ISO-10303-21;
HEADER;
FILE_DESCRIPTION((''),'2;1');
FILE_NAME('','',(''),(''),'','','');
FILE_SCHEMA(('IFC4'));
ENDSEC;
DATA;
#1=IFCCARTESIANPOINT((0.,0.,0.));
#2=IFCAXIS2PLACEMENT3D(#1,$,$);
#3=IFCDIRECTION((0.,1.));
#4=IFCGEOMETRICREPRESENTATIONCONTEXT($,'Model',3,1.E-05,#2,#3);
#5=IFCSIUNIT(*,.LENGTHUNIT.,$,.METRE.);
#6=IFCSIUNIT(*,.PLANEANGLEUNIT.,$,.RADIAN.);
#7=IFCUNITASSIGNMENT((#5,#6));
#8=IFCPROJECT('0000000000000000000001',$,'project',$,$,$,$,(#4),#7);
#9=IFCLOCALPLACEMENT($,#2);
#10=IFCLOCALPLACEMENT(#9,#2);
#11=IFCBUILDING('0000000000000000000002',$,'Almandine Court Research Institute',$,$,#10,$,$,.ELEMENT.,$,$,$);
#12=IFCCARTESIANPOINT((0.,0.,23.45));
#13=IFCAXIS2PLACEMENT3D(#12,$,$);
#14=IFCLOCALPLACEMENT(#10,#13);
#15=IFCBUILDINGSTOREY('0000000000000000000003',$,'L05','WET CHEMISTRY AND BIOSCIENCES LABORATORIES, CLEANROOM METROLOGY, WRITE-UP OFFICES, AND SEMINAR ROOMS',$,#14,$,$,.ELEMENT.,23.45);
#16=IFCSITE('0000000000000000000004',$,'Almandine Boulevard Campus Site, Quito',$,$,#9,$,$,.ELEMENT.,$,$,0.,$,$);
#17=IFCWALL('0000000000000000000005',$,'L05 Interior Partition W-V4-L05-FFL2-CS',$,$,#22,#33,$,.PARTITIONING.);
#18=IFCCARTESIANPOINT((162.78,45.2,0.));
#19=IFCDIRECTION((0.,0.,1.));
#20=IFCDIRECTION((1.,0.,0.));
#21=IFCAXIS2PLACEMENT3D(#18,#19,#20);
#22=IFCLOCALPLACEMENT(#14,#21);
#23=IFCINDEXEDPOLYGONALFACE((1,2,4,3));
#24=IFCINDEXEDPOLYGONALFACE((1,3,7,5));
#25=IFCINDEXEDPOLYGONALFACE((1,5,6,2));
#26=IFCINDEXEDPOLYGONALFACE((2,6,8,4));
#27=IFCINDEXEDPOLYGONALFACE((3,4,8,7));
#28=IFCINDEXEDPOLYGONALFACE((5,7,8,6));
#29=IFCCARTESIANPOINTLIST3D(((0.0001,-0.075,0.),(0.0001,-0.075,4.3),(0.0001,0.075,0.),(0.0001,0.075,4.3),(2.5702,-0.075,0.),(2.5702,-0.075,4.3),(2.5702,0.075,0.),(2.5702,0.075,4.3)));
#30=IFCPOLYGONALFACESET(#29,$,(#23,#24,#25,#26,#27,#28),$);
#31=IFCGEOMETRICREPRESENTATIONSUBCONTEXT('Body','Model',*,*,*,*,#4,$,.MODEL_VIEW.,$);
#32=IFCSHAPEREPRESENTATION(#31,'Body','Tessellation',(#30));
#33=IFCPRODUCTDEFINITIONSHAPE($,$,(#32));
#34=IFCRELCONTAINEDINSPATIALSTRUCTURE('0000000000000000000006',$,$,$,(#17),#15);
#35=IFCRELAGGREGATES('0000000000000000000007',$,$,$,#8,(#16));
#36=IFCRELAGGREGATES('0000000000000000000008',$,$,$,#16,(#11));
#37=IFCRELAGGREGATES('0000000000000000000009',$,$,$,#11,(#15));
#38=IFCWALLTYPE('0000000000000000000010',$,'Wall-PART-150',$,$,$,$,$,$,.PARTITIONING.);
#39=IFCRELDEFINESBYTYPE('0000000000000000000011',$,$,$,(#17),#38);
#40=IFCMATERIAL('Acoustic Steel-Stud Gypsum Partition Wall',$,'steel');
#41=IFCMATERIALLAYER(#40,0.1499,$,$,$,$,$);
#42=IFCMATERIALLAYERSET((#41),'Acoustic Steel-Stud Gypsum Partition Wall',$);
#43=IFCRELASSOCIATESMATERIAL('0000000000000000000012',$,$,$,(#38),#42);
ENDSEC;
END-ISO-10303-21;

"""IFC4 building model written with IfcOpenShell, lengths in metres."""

from ifc_helpers import new_model, si_unit, direction, frame, frame_2d, origin, place, context, subcontext, project, spatial, rectangle, extrude, material, layer, layer_set, type_object, element, save


model = new_model("IFC4")

# Units and contexts
model_context = context("Model", 3, precision=1e-05, world=origin(), true_north=direction((0.0, 1.0)))
body_context = subcontext(model_context, "Body", "Model", "MODEL_VIEW")
ifc_project = project(units=[si_unit("LENGTHUNIT", "METRE"), si_unit("PLANEANGLEUNIT", "RADIAN")], contexts=[model_context])

# Site, building, storey
site_placement = place(None, origin())
site = spatial("IfcSite", under=ifc_project, at=site_placement, Name="Almandine Boulevard Campus Site, Quito", CompositionType="ELEMENT", RefElevation=0.0)
building_placement = place(site_placement, origin())
building = spatial("IfcBuilding", under=site, at=building_placement, Name="Almandine Court Research Institute", CompositionType="ELEMENT")
storey_placement = place(building_placement, frame((0.0, 0.0, 23.45)))
storey = spatial("IfcBuildingStorey", under=building, at=storey_placement, Name="L05", Description="WET CHEMISTRY AND BIOSCIENCES LABORATORIES, CLEANROOM METROLOGY, WRITE-UP OFFICES, AND SEMINAR ROOMS", CompositionType="ELEMENT", Elevation=23.45)

# Shared definitions
ifc_material_1 = material(Name="Acoustic Steel-Stud Gypsum Partition Wall", Category="steel")
ifc_layer_1 = layer(ifc_material_1, 0.1499)
ifc_layer_set_1 = layer_set([ifc_layer_1], Name="Acoustic Steel-Stud Gypsum Partition Wall")
wall_type_1 = type_object("IfcWallType", Name="Wall-PART-150", PredefinedType="PARTITIONING", material=ifc_layer_set_1)

# Wall
wall_1_placement = place(storey_placement, frame((162.78, 45.2, 0.0), z_axis=(0.0, 0.0, 1.0), x_axis=(1.0, 0.0, 0.0)))
element("IfcWall", 1, at=wall_1_placement, inside=storey, type_object=wall_type_1, Name="L05 Interior Partition W-V4-L05-FFL2-CS", PredefinedType="PARTITIONING", context=body_context, shape_type="SweptSolid", body=[
    extrude(rectangle(XDim=2.5701, YDim=0.1499, at=frame_2d((1.2852, 0.0))), origin(), (0.0, 0.0, 1.0), 4.3),
])

save(model, "model.ifc")
